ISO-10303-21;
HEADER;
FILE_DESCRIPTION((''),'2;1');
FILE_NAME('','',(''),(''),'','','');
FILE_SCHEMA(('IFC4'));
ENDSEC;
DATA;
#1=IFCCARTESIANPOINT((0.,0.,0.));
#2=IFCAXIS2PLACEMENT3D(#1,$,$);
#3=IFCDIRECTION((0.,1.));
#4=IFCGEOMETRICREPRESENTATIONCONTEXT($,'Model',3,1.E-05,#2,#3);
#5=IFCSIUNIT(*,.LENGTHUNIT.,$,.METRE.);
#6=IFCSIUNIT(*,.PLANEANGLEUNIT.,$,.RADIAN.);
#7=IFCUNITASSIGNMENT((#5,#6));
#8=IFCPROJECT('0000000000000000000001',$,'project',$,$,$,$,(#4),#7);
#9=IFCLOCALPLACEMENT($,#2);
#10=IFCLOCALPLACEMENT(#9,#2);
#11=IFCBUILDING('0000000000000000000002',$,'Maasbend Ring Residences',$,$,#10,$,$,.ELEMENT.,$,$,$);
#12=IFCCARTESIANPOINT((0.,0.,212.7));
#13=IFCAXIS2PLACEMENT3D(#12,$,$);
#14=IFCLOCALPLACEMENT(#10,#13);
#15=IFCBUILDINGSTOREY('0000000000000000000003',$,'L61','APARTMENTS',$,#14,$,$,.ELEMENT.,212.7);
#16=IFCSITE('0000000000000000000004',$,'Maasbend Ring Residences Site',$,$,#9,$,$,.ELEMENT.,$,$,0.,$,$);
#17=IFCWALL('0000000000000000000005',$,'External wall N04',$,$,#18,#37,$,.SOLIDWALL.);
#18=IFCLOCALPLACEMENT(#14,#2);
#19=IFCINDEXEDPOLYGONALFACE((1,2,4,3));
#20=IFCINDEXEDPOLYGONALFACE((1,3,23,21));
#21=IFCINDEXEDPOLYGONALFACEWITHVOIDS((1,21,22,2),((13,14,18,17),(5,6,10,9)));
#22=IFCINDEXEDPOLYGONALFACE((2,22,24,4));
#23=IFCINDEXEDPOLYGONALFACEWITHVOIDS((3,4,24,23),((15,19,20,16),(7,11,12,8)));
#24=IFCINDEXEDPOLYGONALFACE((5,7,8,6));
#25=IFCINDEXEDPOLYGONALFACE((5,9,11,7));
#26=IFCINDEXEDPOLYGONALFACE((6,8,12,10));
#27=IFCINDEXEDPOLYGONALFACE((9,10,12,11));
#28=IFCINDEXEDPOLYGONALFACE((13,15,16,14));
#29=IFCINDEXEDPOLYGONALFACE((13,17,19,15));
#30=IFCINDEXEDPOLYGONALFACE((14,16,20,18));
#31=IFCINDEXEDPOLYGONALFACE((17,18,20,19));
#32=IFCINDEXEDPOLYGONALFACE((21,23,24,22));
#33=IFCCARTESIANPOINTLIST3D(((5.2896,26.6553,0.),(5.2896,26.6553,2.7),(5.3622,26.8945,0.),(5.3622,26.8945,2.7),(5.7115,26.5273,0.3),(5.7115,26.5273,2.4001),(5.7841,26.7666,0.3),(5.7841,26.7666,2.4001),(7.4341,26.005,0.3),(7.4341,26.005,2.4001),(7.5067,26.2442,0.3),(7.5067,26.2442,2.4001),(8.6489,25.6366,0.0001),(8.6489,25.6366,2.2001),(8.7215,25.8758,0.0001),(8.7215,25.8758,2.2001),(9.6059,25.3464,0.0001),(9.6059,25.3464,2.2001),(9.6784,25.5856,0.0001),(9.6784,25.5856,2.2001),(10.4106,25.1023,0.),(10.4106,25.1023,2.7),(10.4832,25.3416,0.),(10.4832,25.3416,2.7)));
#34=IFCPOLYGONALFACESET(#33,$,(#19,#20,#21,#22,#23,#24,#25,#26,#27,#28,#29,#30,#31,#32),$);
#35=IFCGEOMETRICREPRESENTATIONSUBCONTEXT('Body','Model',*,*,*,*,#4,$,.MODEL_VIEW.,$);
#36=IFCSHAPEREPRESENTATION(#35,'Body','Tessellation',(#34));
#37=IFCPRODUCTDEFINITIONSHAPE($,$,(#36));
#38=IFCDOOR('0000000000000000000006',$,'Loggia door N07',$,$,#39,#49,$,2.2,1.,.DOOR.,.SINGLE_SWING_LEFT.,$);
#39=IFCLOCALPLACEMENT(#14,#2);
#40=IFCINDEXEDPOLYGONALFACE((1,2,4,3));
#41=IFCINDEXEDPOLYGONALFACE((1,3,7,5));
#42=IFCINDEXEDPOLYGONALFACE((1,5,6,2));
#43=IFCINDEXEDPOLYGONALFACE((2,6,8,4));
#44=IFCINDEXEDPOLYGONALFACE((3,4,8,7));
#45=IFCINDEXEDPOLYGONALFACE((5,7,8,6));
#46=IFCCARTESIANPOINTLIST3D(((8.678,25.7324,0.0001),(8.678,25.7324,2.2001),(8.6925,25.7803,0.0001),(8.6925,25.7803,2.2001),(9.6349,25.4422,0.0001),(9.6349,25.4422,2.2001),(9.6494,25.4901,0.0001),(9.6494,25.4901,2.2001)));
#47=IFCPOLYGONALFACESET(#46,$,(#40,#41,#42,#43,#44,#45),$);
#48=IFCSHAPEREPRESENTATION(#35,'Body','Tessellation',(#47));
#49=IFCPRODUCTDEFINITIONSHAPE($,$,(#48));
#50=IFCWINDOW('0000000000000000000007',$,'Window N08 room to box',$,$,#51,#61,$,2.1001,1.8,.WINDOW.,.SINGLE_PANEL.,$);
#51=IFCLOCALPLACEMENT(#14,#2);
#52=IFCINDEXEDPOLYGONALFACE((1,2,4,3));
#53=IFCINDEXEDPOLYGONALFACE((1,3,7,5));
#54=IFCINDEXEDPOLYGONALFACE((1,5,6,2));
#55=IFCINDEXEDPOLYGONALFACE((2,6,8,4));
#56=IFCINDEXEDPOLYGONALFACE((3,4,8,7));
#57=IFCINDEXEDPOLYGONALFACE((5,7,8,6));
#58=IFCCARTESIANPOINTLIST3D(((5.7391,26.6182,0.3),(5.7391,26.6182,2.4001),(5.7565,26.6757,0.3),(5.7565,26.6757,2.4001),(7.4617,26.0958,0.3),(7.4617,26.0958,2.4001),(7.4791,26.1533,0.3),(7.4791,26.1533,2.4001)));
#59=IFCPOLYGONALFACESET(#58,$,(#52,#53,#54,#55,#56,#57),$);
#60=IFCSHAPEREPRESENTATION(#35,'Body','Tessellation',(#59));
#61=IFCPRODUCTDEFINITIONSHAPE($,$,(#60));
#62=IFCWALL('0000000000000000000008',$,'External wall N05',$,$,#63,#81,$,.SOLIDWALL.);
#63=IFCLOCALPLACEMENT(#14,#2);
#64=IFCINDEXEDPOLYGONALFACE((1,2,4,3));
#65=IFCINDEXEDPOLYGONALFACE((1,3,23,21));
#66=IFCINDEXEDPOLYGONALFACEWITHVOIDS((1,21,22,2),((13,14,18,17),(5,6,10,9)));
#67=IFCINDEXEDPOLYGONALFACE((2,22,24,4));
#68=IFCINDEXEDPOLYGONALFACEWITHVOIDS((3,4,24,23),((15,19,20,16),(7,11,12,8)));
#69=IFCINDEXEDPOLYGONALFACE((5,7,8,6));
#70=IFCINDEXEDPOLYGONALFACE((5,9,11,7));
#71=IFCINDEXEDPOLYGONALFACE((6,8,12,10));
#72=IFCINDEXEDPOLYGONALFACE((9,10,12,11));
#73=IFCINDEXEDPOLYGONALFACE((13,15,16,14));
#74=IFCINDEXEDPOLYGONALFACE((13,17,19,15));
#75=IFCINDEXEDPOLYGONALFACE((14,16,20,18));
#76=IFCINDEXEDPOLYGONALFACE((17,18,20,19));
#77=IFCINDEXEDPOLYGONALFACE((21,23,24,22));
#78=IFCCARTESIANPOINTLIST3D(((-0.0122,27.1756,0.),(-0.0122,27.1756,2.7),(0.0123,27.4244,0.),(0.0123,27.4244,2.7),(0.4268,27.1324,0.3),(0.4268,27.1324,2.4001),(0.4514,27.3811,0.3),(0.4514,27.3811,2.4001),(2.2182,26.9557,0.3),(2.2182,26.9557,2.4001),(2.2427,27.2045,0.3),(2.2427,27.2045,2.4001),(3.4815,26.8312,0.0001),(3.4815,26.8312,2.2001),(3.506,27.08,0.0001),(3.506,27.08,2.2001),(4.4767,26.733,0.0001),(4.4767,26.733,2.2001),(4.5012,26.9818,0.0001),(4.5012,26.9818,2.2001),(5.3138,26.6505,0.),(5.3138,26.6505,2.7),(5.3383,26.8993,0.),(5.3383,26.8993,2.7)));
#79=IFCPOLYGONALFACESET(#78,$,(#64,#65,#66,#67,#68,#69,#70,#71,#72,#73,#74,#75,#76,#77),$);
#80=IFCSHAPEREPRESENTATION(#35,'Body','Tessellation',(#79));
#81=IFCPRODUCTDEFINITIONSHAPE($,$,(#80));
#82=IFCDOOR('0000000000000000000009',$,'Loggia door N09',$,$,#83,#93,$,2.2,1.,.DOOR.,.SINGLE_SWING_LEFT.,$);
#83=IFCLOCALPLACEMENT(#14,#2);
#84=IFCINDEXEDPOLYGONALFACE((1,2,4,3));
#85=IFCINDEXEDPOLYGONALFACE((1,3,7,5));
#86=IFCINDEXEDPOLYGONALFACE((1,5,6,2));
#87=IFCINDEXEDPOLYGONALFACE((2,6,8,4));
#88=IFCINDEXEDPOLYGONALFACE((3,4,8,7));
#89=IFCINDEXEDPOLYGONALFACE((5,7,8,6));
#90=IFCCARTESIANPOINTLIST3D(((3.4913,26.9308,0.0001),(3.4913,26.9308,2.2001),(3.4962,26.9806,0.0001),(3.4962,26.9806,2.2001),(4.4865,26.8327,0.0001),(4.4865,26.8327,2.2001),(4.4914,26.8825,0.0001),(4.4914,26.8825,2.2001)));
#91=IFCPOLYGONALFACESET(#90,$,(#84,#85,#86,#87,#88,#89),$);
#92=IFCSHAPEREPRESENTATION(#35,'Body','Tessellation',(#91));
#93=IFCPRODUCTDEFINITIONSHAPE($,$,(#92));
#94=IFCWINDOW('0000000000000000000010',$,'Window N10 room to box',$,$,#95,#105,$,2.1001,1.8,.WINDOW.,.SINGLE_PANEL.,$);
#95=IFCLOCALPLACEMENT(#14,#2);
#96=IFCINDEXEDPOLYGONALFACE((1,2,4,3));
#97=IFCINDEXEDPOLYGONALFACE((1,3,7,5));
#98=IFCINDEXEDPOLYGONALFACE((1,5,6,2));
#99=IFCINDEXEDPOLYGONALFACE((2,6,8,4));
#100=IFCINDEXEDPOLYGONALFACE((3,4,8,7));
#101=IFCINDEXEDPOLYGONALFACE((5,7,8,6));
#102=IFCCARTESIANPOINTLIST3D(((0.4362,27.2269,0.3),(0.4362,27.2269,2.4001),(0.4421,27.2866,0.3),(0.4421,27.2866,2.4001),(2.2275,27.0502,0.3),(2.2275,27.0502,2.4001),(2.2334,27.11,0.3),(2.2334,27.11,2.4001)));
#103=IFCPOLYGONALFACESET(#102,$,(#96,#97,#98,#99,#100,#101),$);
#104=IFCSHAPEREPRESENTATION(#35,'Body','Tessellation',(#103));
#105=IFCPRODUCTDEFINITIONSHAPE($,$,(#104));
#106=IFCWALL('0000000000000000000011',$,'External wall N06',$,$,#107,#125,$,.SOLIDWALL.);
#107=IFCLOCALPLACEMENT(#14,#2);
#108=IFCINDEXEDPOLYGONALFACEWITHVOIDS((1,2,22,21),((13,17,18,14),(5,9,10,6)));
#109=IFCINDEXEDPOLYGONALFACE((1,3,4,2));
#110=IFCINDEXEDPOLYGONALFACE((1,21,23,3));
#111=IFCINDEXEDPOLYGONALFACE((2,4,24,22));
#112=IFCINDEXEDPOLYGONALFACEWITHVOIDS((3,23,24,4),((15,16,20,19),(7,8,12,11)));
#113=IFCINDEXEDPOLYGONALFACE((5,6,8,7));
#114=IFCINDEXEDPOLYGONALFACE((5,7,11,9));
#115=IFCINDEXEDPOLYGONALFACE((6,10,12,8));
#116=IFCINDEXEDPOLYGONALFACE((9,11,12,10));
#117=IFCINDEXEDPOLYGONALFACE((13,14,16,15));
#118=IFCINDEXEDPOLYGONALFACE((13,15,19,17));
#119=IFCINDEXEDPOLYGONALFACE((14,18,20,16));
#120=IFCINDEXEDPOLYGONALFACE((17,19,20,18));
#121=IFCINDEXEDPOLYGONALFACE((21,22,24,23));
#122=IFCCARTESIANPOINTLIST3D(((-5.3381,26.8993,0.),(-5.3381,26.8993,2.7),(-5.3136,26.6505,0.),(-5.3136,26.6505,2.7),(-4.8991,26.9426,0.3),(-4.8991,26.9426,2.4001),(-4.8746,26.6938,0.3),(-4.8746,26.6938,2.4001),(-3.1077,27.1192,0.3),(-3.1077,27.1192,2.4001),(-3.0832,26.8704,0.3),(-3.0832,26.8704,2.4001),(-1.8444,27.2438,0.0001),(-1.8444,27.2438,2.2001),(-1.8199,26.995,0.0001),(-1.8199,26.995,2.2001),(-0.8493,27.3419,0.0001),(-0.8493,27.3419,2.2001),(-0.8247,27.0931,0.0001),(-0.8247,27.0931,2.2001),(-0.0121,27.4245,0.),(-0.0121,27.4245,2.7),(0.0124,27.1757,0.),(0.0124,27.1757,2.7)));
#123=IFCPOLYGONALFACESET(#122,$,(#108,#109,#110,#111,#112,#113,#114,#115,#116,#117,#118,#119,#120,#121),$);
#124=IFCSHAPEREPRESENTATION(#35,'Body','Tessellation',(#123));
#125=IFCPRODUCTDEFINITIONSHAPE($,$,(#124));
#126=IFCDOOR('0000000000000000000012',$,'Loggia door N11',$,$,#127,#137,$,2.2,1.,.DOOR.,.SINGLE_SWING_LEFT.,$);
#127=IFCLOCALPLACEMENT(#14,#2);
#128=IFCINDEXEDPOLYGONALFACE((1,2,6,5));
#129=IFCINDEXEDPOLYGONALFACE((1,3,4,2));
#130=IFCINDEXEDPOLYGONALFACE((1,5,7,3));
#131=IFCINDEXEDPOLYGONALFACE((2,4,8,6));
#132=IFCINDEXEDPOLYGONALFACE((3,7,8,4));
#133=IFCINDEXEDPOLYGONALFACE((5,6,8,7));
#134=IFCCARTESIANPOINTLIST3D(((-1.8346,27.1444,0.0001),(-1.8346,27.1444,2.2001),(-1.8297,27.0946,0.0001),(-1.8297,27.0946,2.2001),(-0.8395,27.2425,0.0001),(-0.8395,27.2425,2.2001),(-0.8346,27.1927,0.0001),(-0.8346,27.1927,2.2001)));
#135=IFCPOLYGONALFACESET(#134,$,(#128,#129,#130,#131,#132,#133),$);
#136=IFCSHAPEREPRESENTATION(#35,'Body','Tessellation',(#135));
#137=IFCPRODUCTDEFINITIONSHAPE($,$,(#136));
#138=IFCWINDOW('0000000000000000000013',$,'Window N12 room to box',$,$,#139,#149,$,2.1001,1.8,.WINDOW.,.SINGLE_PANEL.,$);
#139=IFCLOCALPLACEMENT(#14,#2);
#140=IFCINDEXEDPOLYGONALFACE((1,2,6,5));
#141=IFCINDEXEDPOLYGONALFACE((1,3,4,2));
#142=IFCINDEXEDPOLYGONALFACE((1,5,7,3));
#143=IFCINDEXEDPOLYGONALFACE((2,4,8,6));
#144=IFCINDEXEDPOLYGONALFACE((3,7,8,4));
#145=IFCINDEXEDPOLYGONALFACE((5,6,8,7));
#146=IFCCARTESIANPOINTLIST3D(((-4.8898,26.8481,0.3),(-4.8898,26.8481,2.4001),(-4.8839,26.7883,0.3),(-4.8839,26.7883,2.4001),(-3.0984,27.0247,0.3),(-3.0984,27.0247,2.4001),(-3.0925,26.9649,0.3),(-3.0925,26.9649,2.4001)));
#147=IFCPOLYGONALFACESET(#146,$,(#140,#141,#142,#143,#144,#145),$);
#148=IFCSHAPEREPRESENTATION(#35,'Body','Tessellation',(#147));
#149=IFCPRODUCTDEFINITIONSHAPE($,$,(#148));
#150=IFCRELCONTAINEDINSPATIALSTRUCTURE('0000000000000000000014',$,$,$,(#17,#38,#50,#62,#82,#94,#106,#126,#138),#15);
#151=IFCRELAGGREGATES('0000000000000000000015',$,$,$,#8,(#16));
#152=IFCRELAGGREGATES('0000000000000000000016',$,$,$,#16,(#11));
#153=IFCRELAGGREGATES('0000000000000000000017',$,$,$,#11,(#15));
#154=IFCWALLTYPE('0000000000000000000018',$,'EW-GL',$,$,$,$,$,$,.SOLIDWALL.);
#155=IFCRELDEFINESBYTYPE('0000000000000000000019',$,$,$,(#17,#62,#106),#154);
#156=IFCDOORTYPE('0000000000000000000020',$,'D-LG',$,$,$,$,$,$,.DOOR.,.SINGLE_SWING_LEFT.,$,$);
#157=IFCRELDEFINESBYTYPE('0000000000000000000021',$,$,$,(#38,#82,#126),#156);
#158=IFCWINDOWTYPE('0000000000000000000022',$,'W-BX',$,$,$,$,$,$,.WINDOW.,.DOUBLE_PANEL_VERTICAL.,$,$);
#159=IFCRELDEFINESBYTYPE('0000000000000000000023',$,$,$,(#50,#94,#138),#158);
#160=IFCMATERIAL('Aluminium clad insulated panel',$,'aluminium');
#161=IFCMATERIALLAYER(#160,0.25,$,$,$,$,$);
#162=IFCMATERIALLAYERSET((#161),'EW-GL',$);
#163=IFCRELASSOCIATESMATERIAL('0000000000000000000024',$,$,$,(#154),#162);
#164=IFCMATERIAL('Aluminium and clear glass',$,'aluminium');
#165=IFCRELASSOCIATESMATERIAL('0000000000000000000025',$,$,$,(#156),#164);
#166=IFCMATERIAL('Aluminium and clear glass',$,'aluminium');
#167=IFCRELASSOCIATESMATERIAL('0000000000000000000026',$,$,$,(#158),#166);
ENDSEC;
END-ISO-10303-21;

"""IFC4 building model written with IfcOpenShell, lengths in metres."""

from ifc_helpers import new_model, si_unit, direction, frame, frame_2d, origin, place, context, subcontext, project, spatial, rectangle, extrude, material, layer, layer_set, type_object, element, fill, save


model = new_model("IFC4")

# Units and contexts
model_context = context("Model", 3, precision=1e-05, world=origin(), true_north=direction((0.0, 1.0)))
body_context = subcontext(model_context, "Body", "Model", "MODEL_VIEW")
ifc_project = project(units=[si_unit("LENGTHUNIT", "METRE"), si_unit("PLANEANGLEUNIT", "RADIAN")], contexts=[model_context])

# Site, building, storey
site_placement = place(None, origin())
site = spatial("IfcSite", under=ifc_project, at=site_placement, Name="Maasbend Ring Residences Site", CompositionType="ELEMENT", RefElevation=0.0)
building_placement = place(site_placement, origin())
building = spatial("IfcBuilding", under=site, at=building_placement, Name="Maasbend Ring Residences", CompositionType="ELEMENT")
storey_placement = place(building_placement, frame((0.0, 0.0, 212.7)))
storey = spatial("IfcBuildingStorey", under=building, at=storey_placement, Name="L61", Description="APARTMENTS", CompositionType="ELEMENT", Elevation=212.7)

# Walls, openings, doors, windows
ifc_material_1 = material(Name="Aluminium clad insulated panel", Category="aluminium")
ifc_layer_1 = layer(ifc_material_1, 0.25)
ifc_layer_set_1 = layer_set([ifc_layer_1], Name="EW-GL")
wall_type_1 = type_object("IfcWallType", Name="EW-GL", PredefinedType="SOLIDWALL", material=ifc_layer_set_1)
wall_1_placement = place(storey_placement, frame((10.447, 25.2219, 0.0), z_axis=(0.0, 0.0, 1.0), x_axis=(-0.956966, 0.290201, 0.0)))
wall_1 = element("IfcWall", 1, at=wall_1_placement, inside=storey, type_object=wall_type_1, Name="External wall N04", PredefinedType="SOLIDWALL", context=body_context, shape_type="SweptSolid", body=[
    extrude(rectangle(XDim=5.3513, YDim=0.25, at=frame_2d((2.6758, 0.0))), origin(), (0.0, 0.0, 1.0), 2.7),
])
opening_1_placement = place(wall_1_placement, frame((0.8411, 0.0, 0.0)))
opening_1 = element("IfcOpeningElement", 2, at=opening_1_placement, cuts=wall_1, PredefinedType="OPENING", context=body_context, shape_type="SweptSolid", body=[
    extrude(rectangle(XDim=1.0, YDim=2.2, at=frame_2d((0.5, 1.1001))), frame((0.0, 0.135, 0.0), z_axis=(0.0, -1.0, 0.0), x_axis=(1.0, 0.0, 0.0)), (0.0, 0.0, 1.0), 0.27),
])
opening_2_placement = place(wall_1_placement, frame((3.1106, 0.0, 0.3)))
opening_2 = element("IfcOpeningElement", 3, at=opening_2_placement, cuts=wall_1, PredefinedType="OPENING", context=body_context, shape_type="SweptSolid", body=[
    extrude(rectangle(XDim=1.8, YDim=2.1001, at=frame_2d((0.8999, 1.05))), frame((0.0, 0.135, 0.0), z_axis=(0.0, -1.0, 0.0), x_axis=(1.0, 0.0, 0.0)), (0.0, 0.0, 1.0), 0.27),
])
ifc_material_2 = material(Name="Aluminium and clear glass", Category="aluminium")
door_type_1 = type_object("IfcDoorType", Name="D-LG", OperationType="SINGLE_SWING_LEFT", PredefinedType="DOOR", material=ifc_material_2)
door_1_placement = place(opening_1_placement, origin())
door_1 = element("IfcDoor", 4, at=door_1_placement, inside=storey, type_object=door_type_1, Name="Loggia door N07", OperationType="SINGLE_SWING_LEFT", OverallHeight=2.2, OverallWidth=1.0, PredefinedType="DOOR", context=body_context, shape_type="SweptSolid", body=[
    extrude(rectangle(XDim=1.0, YDim=2.2, at=frame_2d((0.5, 1.1001))), frame((0.0, 0.0249, 0.0), z_axis=(0.0, -1.0, 0.0), x_axis=(1.0, 0.0, 0.0)), (0.0, 0.0, 1.0), 0.05),
])
fill(opening_1, door_1)
ifc_material_3 = material(Name="Aluminium and clear glass", Category="aluminium")
window_type_1 = type_object("IfcWindowType", Name="W-BX", PartitioningType="DOUBLE_PANEL_VERTICAL", PredefinedType="WINDOW", material=ifc_material_3)
window_1_placement = place(opening_2_placement, origin())
window_1 = element("IfcWindow", 5, at=window_1_placement, inside=storey, type_object=window_type_1, Name="Window N08 room to box", OverallHeight=2.1001, OverallWidth=1.8, PartitioningType="SINGLE_PANEL", PredefinedType="WINDOW", context=body_context, shape_type="SweptSolid", body=[
    extrude(rectangle(XDim=1.8, YDim=2.1001, at=frame_2d((0.8999, 1.05))), frame((0.0, 0.03, 0.0), z_axis=(0.0, -1.0, 0.0), x_axis=(1.0, 0.0, 0.0)), (0.0, 0.0, 1.0), 0.0601),
])
fill(opening_2, window_1)
wall_2_placement = place(storey_placement, frame((5.3259, 26.7749, 0.0), z_axis=(0.0, 0.0, 1.0), x_axis=(-0.995174, 0.098126, 0.0)))
wall_2 = element("IfcWall", 6, at=wall_2_placement, inside=storey, type_object=wall_type_1, Name="External wall N05", PredefinedType="SOLIDWALL", context=body_context, shape_type="SweptSolid", body=[
    extrude(rectangle(XDim=5.3518, YDim=0.25, at=frame_2d((2.6758, 0.0))), origin(), (0.0, 0.0, 1.0), 2.7),
])
opening_3_placement = place(wall_2_placement, frame((0.8411, 0.0, 0.0)))
opening_3 = element("IfcOpeningElement", 7, at=opening_3_placement, cuts=wall_2, PredefinedType="OPENING", context=body_context, shape_type="SweptSolid", body=[
    extrude(rectangle(XDim=1.0, YDim=2.2, at=frame_2d((0.5, 1.1001))), frame((0.0, 0.135, 0.0), z_axis=(0.0, -1.0, 0.0), x_axis=(1.0, 0.0, 0.0)), (0.0, 0.0, 1.0), 0.27),
])
opening_4_placement = place(wall_2_placement, frame((3.1106, 0.0, 0.3)))
opening_4 = element("IfcOpeningElement", 8, at=opening_4_placement, cuts=wall_2, PredefinedType="OPENING", context=body_context, shape_type="SweptSolid", body=[
    extrude(rectangle(XDim=1.8, YDim=2.1001, at=frame_2d((0.8999, 1.05))), frame((0.0, 0.135, 0.0), z_axis=(0.0, -1.0, 0.0), x_axis=(1.0, 0.0, 0.0)), (0.0, 0.0, 1.0), 0.27),
])
door_2_placement = place(opening_3_placement, origin())
door_2 = element("IfcDoor", 9, at=door_2_placement, inside=storey, type_object=door_type_1, Name="Loggia door N09", OperationType="SINGLE_SWING_LEFT", OverallHeight=2.2, OverallWidth=1.0, PredefinedType="DOOR", context=body_context, shape_type="SweptSolid", body=[
    extrude(rectangle(XDim=1.0, YDim=2.2, at=frame_2d((0.5, 1.1001))), frame((0.0, 0.0249, 0.0), z_axis=(0.0, -1.0, 0.0), x_axis=(1.0, 0.0, 0.0)), (0.0, 0.0, 1.0), 0.05),
])
fill(opening_3, door_2)
window_2_placement = place(opening_4_placement, origin())
window_2 = element("IfcWindow", 10, at=window_2_placement, inside=storey, type_object=window_type_1, Name="Window N10 room to box", OverallHeight=2.1001, OverallWidth=1.8, PartitioningType="SINGLE_PANEL", PredefinedType="WINDOW", context=body_context, shape_type="SweptSolid", body=[
    extrude(rectangle(XDim=1.8, YDim=2.1001, at=frame_2d((0.8999, 1.05))), frame((0.0, 0.03, 0.0), z_axis=(0.0, -1.0, 0.0), x_axis=(1.0, 0.0, 0.0)), (0.0, 0.0, 1.0), 0.0601),
])
fill(opening_4, window_2)
wall_3_placement = place(storey_placement, frame((0.0, 27.3, 0.0), z_axis=(0.0, 0.0, 1.0), x_axis=(-0.995174, -0.098126, 0.0)))
wall_3 = element("IfcWall", 11, at=wall_3_placement, inside=storey, type_object=wall_type_1, Name="External wall N06", PredefinedType="SOLIDWALL", context=body_context, shape_type="SweptSolid", body=[
    extrude(rectangle(XDim=5.3518, YDim=0.25, at=frame_2d((2.6758, 0.0))), origin(), (0.0, 0.0, 1.0), 2.7),
])
opening_5_placement = place(wall_3_placement, frame((0.8411, 0.0, 0.0)))
opening_5 = element("IfcOpeningElement", 12, at=opening_5_placement, cuts=wall_3, PredefinedType="OPENING", context=body_context, shape_type="SweptSolid", body=[
    extrude(rectangle(XDim=1.0, YDim=2.2, at=frame_2d((0.5, 1.1001))), frame((0.0, 0.135, 0.0), z_axis=(0.0, -1.0, 0.0), x_axis=(1.0, 0.0, 0.0)), (0.0, 0.0, 1.0), 0.27),
])
opening_6_placement = place(wall_3_placement, frame((3.1106, 0.0, 0.3)))
opening_6 = element("IfcOpeningElement", 13, at=opening_6_placement, cuts=wall_3, PredefinedType="OPENING", context=body_context, shape_type="SweptSolid", body=[
    extrude(rectangle(XDim=1.8, YDim=2.1001, at=frame_2d((0.8999, 1.05))), frame((0.0, 0.135, 0.0), z_axis=(0.0, -1.0, 0.0), x_axis=(1.0, 0.0, 0.0)), (0.0, 0.0, 1.0), 0.27),
])
door_3_placement = place(opening_5_placement, origin())
door_3 = element("IfcDoor", 14, at=door_3_placement, inside=storey, type_object=door_type_1, Name="Loggia door N11", OperationType="SINGLE_SWING_LEFT", OverallHeight=2.2, OverallWidth=1.0, PredefinedType="DOOR", context=body_context, shape_type="SweptSolid", body=[
    extrude(rectangle(XDim=1.0, YDim=2.2, at=frame_2d((0.5, 1.1001))), frame((0.0, 0.0249, 0.0), z_axis=(0.0, -1.0, 0.0), x_axis=(1.0, 0.0, 0.0)), (0.0, 0.0, 1.0), 0.05),
])
fill(opening_5, door_3)
window_3_placement = place(opening_6_placement, origin())
window_3 = element("IfcWindow", 15, at=window_3_placement, inside=storey, type_object=window_type_1, Name="Window N12 room to box", OverallHeight=2.1001, OverallWidth=1.8, PartitioningType="SINGLE_PANEL", PredefinedType="WINDOW", context=body_context, shape_type="SweptSolid", body=[
    extrude(rectangle(XDim=1.8, YDim=2.1001, at=frame_2d((0.8999, 1.05))), frame((0.0, 0.03, 0.0), z_axis=(0.0, -1.0, 0.0), x_axis=(1.0, 0.0, 0.0)), (0.0, 0.0, 1.0), 0.0601),
])
fill(opening_6, window_3)

save(model, "model.ifc")
